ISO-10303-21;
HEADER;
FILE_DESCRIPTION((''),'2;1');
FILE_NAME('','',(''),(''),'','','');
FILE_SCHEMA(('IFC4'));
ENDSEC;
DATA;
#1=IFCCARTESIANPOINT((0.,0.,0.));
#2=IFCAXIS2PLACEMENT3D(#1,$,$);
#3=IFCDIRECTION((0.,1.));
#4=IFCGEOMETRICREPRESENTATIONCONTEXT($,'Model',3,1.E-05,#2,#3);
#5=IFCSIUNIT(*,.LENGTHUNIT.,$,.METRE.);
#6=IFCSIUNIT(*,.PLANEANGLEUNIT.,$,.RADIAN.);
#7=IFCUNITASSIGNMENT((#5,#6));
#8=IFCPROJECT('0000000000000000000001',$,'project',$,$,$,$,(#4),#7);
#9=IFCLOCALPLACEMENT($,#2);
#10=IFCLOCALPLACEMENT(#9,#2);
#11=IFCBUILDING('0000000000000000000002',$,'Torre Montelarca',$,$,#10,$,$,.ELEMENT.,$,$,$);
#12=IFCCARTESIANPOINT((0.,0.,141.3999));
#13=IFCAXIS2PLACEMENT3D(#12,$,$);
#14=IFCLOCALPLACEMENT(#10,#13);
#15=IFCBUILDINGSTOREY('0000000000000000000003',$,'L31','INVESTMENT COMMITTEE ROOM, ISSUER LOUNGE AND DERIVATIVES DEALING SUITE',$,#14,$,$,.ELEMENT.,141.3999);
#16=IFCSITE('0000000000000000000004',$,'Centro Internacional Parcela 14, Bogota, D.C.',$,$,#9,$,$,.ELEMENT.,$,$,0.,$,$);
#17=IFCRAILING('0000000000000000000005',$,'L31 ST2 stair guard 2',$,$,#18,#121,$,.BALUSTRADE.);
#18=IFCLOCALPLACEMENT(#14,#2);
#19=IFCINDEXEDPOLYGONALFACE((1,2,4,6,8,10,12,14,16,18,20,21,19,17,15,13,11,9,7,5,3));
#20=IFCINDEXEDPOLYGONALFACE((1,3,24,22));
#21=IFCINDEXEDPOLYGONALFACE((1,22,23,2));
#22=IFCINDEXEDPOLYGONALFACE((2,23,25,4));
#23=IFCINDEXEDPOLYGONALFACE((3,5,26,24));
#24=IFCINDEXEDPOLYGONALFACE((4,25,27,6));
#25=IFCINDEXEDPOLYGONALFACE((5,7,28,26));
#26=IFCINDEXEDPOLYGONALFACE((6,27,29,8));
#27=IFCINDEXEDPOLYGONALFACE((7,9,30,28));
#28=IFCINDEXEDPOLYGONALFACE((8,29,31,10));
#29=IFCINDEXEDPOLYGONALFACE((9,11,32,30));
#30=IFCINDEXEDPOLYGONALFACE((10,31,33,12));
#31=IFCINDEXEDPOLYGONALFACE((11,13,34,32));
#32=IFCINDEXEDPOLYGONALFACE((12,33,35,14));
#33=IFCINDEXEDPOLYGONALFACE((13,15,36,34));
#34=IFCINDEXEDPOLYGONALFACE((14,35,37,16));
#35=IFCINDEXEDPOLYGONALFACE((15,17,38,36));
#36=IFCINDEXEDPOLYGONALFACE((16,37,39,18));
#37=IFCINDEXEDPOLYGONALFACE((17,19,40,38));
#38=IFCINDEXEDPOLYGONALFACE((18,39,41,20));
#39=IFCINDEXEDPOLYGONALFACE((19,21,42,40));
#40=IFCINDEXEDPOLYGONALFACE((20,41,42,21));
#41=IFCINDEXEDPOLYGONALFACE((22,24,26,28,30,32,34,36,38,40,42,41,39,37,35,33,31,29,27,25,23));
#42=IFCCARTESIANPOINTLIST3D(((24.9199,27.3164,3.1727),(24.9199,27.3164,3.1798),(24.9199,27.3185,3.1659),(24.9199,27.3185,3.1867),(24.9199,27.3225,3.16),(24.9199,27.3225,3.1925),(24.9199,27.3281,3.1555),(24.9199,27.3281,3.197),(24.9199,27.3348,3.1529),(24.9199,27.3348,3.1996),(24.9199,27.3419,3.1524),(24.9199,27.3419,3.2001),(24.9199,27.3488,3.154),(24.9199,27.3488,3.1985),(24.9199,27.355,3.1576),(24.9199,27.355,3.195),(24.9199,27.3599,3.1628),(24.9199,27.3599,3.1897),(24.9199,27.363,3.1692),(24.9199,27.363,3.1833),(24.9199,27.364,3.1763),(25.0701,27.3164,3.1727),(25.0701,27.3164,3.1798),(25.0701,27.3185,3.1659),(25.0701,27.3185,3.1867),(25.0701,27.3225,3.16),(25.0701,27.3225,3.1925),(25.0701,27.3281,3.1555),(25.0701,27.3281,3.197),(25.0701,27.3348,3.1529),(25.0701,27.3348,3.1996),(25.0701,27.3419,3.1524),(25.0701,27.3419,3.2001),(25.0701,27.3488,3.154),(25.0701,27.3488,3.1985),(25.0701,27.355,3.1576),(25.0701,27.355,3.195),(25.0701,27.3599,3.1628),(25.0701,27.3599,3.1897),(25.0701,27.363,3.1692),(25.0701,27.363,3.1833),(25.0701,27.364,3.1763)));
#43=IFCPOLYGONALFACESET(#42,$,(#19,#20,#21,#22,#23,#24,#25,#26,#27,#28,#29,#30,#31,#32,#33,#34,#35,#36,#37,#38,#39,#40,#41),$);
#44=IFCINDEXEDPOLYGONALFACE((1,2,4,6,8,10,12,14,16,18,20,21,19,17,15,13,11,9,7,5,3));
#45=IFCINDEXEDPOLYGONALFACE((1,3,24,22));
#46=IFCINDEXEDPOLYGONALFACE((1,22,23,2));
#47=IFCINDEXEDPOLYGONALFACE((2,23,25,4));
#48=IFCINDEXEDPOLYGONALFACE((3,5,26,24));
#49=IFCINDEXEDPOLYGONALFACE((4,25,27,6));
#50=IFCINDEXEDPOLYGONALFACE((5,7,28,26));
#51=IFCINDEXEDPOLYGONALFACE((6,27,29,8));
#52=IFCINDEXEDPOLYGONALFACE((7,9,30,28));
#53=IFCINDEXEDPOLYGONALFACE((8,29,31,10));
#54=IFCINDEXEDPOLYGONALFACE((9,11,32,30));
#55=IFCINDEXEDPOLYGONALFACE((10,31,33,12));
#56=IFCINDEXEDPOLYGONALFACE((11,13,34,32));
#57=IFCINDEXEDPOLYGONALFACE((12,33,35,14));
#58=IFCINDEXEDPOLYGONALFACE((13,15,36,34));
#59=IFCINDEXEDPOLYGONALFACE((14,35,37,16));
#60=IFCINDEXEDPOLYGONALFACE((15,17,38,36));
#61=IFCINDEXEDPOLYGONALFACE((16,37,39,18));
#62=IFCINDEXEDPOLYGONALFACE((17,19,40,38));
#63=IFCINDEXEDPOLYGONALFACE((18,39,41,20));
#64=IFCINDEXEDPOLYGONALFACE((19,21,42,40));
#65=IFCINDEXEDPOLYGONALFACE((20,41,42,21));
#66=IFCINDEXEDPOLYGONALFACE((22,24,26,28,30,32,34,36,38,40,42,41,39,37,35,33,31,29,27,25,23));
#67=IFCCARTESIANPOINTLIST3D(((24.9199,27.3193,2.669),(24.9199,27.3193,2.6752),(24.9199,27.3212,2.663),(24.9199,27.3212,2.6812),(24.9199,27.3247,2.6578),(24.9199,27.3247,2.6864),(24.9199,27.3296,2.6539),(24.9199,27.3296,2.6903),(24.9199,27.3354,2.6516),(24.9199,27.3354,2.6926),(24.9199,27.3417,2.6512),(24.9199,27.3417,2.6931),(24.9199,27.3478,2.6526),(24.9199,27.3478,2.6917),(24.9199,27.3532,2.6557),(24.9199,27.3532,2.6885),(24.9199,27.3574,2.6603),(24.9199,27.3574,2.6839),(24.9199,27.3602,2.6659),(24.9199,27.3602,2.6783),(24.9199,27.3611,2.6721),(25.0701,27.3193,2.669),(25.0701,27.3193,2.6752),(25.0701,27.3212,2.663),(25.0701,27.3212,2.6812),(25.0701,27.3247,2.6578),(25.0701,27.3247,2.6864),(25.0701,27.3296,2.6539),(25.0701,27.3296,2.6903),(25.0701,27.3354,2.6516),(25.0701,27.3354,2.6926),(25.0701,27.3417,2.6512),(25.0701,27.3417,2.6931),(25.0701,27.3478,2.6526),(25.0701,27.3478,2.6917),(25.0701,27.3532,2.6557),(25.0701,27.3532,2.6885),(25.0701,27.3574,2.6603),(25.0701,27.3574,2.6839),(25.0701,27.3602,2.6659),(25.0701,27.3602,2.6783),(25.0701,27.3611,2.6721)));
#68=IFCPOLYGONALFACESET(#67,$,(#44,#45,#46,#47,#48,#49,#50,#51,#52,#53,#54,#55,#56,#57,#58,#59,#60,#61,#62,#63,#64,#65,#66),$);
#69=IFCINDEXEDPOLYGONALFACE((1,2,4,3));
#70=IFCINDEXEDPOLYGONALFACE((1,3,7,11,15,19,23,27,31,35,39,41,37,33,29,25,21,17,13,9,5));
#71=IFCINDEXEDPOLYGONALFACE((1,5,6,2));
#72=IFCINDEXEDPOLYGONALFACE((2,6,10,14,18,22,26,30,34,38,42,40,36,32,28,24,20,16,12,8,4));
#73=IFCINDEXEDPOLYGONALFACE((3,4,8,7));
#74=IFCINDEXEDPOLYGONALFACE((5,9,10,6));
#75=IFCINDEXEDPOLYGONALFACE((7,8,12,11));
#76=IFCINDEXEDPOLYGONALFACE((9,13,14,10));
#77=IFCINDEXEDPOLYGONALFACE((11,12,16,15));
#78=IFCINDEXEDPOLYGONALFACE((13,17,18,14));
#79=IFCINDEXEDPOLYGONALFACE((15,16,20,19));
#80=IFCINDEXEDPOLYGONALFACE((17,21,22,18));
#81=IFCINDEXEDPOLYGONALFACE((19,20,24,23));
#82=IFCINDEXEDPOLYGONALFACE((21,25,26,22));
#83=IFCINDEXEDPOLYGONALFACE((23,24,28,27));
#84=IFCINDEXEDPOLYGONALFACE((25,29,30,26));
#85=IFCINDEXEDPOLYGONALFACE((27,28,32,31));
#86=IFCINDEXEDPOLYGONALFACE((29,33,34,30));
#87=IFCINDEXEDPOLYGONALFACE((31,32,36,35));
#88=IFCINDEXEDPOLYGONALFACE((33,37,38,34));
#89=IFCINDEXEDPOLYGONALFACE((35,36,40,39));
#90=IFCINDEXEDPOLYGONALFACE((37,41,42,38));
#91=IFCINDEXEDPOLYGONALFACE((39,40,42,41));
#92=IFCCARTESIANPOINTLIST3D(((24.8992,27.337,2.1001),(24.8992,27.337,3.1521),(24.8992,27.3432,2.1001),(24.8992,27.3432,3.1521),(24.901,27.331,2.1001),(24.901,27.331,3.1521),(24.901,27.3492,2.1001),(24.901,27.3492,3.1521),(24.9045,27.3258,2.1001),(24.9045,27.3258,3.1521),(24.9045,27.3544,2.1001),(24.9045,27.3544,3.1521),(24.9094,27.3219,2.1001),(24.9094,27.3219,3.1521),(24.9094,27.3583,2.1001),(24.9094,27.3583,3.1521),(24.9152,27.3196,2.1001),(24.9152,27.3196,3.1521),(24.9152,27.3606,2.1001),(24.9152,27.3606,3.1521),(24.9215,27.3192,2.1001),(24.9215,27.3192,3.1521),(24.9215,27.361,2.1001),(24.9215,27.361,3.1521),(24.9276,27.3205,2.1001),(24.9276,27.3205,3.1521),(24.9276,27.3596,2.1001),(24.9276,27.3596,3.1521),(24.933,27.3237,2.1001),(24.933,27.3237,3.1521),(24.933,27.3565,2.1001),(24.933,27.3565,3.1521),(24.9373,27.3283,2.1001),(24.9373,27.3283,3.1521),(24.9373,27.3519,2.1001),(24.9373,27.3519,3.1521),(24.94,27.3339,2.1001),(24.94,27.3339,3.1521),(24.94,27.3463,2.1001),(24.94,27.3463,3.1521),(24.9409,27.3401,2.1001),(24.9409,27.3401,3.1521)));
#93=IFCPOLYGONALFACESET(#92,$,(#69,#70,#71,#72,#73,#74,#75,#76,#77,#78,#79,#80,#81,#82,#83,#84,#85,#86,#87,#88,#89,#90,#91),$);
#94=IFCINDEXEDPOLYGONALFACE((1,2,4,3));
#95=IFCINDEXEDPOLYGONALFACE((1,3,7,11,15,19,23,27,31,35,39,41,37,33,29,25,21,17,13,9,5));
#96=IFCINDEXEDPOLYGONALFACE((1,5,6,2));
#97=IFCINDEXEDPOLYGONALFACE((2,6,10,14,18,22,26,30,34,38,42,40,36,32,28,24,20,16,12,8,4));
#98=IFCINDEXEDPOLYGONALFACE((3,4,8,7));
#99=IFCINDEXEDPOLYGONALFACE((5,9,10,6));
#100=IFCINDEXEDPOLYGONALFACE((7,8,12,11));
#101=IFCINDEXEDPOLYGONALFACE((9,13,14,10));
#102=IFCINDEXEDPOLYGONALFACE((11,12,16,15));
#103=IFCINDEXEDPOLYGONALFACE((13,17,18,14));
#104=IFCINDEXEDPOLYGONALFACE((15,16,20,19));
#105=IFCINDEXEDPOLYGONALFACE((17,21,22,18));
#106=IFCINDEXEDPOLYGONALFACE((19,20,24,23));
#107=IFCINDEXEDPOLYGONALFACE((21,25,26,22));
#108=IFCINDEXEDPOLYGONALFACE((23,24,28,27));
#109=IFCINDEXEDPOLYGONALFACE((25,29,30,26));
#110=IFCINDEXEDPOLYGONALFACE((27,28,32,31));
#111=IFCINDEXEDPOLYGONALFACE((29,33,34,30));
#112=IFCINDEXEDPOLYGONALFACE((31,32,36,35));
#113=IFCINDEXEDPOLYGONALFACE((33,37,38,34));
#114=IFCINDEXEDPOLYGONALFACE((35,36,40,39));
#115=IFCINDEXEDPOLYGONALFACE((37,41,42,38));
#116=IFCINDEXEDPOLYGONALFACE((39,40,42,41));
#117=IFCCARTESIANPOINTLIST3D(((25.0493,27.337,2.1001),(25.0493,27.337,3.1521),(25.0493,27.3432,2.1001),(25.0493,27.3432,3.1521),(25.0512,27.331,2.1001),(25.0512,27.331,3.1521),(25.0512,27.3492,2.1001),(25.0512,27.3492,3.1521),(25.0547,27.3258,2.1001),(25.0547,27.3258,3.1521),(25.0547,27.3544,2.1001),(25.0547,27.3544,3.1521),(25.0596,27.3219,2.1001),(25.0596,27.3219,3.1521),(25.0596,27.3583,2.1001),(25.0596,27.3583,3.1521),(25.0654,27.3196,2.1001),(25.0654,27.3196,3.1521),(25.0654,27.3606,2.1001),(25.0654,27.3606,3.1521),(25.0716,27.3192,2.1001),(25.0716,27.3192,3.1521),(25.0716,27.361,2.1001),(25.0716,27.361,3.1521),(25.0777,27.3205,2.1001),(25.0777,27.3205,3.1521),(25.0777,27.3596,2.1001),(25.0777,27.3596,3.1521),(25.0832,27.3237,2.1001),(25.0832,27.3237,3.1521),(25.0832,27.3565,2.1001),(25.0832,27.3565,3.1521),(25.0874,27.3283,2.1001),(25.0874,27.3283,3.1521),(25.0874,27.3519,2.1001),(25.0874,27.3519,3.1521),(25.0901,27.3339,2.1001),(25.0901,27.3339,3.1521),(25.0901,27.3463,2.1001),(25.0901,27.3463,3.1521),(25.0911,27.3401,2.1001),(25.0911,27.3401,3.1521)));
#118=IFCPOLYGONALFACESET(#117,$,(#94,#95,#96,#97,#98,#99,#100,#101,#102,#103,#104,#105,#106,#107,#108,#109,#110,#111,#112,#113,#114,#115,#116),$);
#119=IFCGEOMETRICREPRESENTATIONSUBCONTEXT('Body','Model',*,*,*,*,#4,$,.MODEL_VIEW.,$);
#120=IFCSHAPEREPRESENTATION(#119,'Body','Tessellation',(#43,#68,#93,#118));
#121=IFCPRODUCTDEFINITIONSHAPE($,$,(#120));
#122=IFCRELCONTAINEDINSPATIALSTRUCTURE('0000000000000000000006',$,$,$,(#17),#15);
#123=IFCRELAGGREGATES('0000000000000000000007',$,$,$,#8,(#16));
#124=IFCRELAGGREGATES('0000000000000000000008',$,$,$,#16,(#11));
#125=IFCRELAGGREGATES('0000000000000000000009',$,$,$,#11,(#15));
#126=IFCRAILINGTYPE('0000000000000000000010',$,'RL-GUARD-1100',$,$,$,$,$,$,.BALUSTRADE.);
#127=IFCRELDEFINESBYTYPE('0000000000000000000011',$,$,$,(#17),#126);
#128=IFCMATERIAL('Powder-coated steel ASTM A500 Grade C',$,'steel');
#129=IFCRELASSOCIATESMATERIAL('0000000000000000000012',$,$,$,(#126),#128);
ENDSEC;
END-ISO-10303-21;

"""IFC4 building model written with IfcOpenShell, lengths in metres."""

from ifc_helpers import new_model, si_unit, direction, frame, origin, origin_2d, place, context, subcontext, project, spatial, circle, extrude, material, type_object, element, save


model = new_model("IFC4")

# Units and contexts
model_context = context("Model", 3, precision=1e-05, world=origin(), true_north=direction((0.0, 1.0)))
body_context = subcontext(model_context, "Body", "Model", "MODEL_VIEW")
ifc_project = project(units=[si_unit("LENGTHUNIT", "METRE"), si_unit("PLANEANGLEUNIT", "RADIAN")], contexts=[model_context])

# Site, building, storey
site_placement = place(None, origin())
site = spatial("IfcSite", under=ifc_project, at=site_placement, Name="Centro Internacional Parcela 14, Bogota, D.C.", CompositionType="ELEMENT", RefElevation=0.0)
building_placement = place(site_placement, origin())
building = spatial("IfcBuilding", under=site, at=building_placement, Name="Torre Montelarca", CompositionType="ELEMENT")
storey_placement = place(building_placement, frame((0.0, 0.0, 141.3999)))
storey = spatial("IfcBuildingStorey", under=building, at=storey_placement, Name="L31", Description="INVESTMENT COMMITTEE ROOM, ISSUER LOUNGE AND DERIVATIVES DEALING SUITE", CompositionType="ELEMENT", Elevation=141.3999)

# Railing
ifc_material_1 = material(Name="Powder-coated steel ASTM A500 Grade C", Category="steel")
railing_type = type_object("IfcRailingType", Name="RL-GUARD-1100", PredefinedType="BALUSTRADE", material=ifc_material_1)
railing_1_placement = place(storey_placement, frame((24.9199, 27.3401, 2.1001)))
element("IfcRailing", 1, at=railing_1_placement, inside=storey, type_object=railing_type, Name="L31 ST2 stair guard 2", PredefinedType="BALUSTRADE", context=body_context, shape_type="SweptSolid", body=[
    extrude(circle(Radius=0.0239, at=origin_2d()), frame((0.0, 0.0, 1.0762), z_axis=(1.0, 0.0, 0.0), x_axis=(0.0, 1.0, 0.0)), (0.0, 0.0, 1.0), 0.1501),
    extrude(circle(Radius=0.021, at=origin_2d()), frame((0.0, 0.0, 0.572), z_axis=(1.0, 0.0, 0.0), x_axis=(0.0, 1.0, 0.0)), (0.0, 0.0, 1.0), 0.1501),
    extrude(circle(Radius=0.021, at=origin_2d()), origin(), (0.0, 0.0, 1.0), 1.052),
    extrude(circle(Radius=0.021, at=origin_2d()), frame((0.1501, 0.0, 0.0)), (0.0, 0.0, 1.0), 1.052),
])

save(model, "model.ifc")
